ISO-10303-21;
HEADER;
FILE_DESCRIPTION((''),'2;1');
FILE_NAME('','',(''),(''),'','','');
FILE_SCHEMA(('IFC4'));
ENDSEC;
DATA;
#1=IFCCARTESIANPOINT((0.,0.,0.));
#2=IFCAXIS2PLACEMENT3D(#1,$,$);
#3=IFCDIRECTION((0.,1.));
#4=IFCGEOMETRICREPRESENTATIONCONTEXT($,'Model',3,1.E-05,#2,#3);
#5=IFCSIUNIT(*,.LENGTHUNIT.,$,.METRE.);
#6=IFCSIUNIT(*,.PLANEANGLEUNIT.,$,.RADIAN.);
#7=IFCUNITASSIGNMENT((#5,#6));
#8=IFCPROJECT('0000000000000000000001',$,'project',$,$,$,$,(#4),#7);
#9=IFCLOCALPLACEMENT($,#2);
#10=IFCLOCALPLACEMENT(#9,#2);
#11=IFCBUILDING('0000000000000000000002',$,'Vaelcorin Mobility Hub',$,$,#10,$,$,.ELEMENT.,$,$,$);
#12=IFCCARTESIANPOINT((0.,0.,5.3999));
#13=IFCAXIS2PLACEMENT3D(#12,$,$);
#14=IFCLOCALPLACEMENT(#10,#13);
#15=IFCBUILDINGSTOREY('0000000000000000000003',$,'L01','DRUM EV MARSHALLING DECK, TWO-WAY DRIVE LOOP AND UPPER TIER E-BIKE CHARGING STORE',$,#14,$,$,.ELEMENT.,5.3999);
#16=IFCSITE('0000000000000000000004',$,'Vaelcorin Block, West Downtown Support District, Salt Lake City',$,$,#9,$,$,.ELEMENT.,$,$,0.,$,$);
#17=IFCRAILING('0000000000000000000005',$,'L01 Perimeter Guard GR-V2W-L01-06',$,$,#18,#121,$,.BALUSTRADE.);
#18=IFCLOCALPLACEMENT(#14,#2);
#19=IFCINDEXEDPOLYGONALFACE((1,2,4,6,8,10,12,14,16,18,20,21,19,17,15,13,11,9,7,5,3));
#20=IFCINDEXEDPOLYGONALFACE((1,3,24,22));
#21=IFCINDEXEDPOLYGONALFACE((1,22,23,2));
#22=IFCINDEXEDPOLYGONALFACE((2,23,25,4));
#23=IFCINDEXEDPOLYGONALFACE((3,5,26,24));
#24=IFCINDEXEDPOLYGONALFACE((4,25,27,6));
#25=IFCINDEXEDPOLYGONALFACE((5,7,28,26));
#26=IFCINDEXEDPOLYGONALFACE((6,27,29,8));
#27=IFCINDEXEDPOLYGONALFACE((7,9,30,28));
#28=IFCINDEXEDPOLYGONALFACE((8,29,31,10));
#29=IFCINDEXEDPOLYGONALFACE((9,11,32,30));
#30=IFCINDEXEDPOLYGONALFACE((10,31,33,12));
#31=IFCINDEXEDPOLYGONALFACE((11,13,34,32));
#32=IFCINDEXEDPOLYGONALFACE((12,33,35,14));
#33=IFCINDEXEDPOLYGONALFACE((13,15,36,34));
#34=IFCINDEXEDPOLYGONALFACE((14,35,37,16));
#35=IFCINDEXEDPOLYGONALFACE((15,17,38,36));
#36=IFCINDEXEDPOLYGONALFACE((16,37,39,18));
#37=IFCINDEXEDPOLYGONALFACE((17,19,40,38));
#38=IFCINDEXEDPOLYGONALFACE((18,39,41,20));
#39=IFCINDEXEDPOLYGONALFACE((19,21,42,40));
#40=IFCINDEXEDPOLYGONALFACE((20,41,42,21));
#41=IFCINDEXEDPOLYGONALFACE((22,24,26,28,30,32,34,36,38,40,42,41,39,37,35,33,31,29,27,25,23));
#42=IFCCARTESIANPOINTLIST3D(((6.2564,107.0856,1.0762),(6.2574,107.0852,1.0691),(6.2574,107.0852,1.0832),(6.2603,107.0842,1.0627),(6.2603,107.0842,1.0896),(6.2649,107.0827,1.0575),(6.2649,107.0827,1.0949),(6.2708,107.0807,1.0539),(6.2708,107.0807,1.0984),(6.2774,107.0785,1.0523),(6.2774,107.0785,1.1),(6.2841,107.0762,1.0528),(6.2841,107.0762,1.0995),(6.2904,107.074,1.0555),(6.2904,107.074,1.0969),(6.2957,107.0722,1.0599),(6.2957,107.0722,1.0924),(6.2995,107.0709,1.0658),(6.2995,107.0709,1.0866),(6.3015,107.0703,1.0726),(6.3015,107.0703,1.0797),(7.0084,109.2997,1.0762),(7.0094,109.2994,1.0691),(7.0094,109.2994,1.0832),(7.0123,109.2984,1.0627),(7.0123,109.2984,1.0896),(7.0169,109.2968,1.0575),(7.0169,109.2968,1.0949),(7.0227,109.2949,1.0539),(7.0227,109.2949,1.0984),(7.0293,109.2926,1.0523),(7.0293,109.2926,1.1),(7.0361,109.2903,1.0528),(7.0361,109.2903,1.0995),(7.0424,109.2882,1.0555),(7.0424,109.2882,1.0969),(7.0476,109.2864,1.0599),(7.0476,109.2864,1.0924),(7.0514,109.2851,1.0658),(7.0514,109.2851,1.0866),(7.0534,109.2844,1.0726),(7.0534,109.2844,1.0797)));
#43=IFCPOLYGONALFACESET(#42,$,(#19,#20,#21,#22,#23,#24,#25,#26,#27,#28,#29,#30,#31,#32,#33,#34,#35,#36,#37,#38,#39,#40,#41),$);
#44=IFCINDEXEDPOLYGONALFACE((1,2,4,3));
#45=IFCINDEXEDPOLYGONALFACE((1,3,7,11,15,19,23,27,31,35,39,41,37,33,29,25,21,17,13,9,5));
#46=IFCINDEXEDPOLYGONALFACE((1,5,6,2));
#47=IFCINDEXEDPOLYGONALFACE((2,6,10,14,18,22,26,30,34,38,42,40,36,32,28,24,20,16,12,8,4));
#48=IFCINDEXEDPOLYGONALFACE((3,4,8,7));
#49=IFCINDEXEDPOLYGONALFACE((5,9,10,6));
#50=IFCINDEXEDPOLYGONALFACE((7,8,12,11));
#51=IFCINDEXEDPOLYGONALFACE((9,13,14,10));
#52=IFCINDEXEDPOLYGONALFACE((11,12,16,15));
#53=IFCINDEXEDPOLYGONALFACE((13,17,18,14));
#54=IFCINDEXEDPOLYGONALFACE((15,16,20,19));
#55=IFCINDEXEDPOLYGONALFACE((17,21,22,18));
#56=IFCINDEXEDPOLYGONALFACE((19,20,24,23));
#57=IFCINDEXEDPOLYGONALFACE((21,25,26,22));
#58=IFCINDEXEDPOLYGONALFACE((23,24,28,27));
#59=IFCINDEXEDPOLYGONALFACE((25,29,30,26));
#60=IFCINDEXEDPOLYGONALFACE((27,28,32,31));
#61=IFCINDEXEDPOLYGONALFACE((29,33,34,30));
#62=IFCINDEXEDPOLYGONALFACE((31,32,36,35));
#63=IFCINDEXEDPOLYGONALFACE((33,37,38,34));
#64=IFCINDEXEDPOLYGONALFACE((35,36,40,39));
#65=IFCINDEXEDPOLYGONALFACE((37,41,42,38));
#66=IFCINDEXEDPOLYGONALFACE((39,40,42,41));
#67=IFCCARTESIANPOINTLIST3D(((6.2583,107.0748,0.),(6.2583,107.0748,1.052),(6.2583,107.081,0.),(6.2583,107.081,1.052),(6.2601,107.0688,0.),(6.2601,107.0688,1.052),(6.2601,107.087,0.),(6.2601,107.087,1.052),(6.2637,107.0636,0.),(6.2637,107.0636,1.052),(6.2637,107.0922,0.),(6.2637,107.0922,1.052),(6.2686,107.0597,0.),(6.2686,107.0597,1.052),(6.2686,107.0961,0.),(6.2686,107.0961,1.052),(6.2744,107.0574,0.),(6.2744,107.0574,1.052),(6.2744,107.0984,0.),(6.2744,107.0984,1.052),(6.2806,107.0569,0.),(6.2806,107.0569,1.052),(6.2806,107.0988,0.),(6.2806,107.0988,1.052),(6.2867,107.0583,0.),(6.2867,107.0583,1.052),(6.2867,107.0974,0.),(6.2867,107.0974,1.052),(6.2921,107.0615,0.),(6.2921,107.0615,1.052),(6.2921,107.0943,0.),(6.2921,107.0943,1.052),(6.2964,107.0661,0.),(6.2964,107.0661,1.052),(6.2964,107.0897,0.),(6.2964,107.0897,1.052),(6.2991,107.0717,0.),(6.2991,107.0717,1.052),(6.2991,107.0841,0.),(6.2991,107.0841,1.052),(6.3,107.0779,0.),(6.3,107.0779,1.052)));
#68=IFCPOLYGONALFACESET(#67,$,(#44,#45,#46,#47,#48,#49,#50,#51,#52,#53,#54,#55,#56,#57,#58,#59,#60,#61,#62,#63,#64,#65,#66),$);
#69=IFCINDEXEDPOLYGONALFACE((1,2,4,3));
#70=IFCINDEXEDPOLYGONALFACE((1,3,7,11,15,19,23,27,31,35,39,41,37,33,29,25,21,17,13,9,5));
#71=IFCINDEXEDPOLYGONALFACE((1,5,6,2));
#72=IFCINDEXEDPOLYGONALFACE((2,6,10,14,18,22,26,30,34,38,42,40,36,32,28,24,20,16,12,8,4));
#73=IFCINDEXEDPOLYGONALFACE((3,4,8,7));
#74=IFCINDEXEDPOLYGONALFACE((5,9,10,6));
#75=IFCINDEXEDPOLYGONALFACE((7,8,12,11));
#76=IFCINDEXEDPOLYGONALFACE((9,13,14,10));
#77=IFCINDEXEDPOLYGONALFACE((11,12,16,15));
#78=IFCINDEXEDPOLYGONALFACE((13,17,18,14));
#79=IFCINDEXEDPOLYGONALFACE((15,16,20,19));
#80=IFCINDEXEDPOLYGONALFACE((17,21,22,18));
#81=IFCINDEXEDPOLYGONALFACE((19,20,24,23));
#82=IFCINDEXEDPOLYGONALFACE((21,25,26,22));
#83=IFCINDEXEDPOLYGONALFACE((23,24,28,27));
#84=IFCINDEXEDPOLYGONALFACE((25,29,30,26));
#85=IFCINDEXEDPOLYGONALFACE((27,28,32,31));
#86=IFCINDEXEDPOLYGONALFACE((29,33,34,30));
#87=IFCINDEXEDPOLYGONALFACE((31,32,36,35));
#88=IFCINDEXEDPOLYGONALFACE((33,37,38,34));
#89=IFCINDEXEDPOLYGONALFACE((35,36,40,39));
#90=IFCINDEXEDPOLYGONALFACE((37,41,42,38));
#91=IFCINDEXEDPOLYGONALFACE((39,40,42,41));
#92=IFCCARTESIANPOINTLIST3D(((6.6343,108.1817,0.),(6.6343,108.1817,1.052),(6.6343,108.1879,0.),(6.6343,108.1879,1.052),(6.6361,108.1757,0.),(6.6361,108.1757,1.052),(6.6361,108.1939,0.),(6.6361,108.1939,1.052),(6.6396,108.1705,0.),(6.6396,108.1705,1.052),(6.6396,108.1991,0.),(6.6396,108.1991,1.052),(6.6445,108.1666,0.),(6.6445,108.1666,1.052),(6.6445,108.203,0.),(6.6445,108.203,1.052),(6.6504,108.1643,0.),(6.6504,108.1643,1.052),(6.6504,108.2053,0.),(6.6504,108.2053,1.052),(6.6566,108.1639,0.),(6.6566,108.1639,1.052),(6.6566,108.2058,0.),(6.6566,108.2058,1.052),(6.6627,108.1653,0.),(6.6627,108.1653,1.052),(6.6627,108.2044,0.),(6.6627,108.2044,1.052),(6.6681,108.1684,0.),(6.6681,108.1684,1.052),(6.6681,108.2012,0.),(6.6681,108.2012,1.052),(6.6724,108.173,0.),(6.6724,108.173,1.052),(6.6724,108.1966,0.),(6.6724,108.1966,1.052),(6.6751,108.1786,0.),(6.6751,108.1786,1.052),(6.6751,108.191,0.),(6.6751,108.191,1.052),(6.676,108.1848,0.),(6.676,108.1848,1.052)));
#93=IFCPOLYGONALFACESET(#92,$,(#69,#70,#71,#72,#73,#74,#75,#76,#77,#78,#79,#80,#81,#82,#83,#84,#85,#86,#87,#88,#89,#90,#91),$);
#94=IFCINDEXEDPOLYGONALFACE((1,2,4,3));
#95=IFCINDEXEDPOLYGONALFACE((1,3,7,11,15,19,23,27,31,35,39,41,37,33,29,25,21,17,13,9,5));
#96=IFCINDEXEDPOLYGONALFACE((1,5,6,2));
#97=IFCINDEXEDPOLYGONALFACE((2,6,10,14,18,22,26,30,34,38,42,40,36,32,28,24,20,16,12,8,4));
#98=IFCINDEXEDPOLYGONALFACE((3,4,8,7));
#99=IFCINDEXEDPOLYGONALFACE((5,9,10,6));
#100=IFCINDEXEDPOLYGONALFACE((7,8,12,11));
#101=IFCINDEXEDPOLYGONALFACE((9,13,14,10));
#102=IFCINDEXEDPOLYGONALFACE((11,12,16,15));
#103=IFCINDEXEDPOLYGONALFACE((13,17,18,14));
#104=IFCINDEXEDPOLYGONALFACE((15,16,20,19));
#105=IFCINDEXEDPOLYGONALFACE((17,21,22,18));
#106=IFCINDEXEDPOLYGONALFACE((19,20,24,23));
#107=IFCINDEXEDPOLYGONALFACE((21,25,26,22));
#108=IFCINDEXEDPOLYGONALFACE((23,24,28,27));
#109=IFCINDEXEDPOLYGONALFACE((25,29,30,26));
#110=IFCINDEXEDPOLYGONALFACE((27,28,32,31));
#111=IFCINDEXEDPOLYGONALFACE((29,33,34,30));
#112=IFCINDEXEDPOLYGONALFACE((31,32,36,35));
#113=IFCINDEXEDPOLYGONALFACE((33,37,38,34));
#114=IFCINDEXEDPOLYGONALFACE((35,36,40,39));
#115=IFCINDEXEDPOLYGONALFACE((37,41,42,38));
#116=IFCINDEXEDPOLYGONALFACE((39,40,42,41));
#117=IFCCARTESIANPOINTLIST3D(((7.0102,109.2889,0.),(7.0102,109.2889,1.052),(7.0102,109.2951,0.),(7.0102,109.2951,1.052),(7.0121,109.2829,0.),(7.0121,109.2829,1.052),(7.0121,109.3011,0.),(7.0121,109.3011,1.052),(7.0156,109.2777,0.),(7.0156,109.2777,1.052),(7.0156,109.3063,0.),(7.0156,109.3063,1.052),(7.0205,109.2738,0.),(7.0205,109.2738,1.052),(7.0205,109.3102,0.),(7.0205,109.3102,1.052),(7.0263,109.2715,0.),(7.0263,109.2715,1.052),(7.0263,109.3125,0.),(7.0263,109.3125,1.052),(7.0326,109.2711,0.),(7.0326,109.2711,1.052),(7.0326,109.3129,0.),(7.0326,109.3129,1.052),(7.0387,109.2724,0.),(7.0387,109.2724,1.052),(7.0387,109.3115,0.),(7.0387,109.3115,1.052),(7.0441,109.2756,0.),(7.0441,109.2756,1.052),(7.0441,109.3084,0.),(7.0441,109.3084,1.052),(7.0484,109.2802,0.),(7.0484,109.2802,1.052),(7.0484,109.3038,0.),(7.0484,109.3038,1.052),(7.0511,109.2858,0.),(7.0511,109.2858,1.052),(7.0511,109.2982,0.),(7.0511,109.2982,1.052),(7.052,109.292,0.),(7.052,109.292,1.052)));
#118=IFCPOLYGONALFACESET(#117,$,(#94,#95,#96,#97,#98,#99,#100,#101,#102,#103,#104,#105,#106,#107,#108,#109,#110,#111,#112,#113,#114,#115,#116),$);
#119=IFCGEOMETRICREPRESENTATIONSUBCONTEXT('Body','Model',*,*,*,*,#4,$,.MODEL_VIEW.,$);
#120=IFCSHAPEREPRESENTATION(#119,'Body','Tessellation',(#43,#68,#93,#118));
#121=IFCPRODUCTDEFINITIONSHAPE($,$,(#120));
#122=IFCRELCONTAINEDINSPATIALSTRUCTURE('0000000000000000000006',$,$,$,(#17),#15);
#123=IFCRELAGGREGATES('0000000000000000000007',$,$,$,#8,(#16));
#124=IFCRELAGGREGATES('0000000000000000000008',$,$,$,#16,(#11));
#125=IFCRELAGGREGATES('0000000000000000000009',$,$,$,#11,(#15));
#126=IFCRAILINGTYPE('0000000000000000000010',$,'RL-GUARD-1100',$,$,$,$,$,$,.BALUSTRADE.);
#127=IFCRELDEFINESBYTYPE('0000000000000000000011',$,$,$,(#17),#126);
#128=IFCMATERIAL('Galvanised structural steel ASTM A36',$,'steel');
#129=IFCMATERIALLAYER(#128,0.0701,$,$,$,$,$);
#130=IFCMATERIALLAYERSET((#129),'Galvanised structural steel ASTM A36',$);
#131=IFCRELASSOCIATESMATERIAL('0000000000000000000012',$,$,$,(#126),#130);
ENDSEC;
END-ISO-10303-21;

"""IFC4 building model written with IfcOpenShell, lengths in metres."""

from ifc_helpers import new_model, si_unit, direction, frame, origin, origin_2d, place, context, subcontext, project, spatial, circle, extrude, material, layer, layer_set, type_object, element, save


model = new_model("IFC4")

# Units and contexts
model_context = context("Model", 3, precision=1e-05, world=origin(), true_north=direction((0.0, 1.0)))
body_context = subcontext(model_context, "Body", "Model", "MODEL_VIEW")
ifc_project = project(units=[si_unit("LENGTHUNIT", "METRE"), si_unit("PLANEANGLEUNIT", "RADIAN")], contexts=[model_context])

# Site, building, storey
site_placement = place(None, origin())
site = spatial("IfcSite", under=ifc_project, at=site_placement, Name="Vaelcorin Block, West Downtown Support District, Salt Lake City", CompositionType="ELEMENT", RefElevation=0.0)
building_placement = place(site_placement, origin())
building = spatial("IfcBuilding", under=site, at=building_placement, Name="Vaelcorin Mobility Hub", CompositionType="ELEMENT")
storey_placement = place(building_placement, frame((0.0, 0.0, 5.3999)))
storey = spatial("IfcBuildingStorey", under=building, at=storey_placement, Name="L01", Description="DRUM EV MARSHALLING DECK, TWO-WAY DRIVE LOOP AND UPPER TIER E-BIKE CHARGING STORE", CompositionType="ELEMENT", Elevation=5.3999)

# Railing
ifc_material_1 = material(Name="Galvanised structural steel ASTM A36", Category="steel")
ifc_layer_1 = layer(ifc_material_1, 0.0701)
ifc_layer_set_1 = layer_set([ifc_layer_1], Name="Galvanised structural steel ASTM A36")
railing_type = type_object("IfcRailingType", Name="RL-GUARD-1100", PredefinedType="BALUSTRADE", material=ifc_layer_set_1)
railing_1_placement = place(storey_placement, frame((6.2791, 107.0779, 0.0)))
element("IfcRailing", 1, at=railing_1_placement, inside=storey, type_object=railing_type, Name="L01 Perimeter Guard GR-V2W-L01-06", PredefinedType="BALUSTRADE", context=body_context, shape_type="SweptSolid", body=[
    extrude(circle(Radius=0.0239, at=origin_2d()), frame((0.0, 0.0, 1.0762), z_axis=(0.321579, 0.946883, 0.0), x_axis=(-0.946883, 0.321579, 0.0)), (0.0, 0.0, 1.0), 2.3384),
    extrude(circle(Radius=0.021, at=origin_2d()), origin(), (0.0, 0.0, 1.0), 1.052),
    extrude(circle(Radius=0.021, at=origin_2d()), frame((0.376, 1.1069, 0.0)), (0.0, 0.0, 1.0), 1.052),
    extrude(circle(Radius=0.021, at=origin_2d()), frame((0.752, 2.2141, 0.0)), (0.0, 0.0, 1.0), 1.052),
])

save(model, "model.ifc")
